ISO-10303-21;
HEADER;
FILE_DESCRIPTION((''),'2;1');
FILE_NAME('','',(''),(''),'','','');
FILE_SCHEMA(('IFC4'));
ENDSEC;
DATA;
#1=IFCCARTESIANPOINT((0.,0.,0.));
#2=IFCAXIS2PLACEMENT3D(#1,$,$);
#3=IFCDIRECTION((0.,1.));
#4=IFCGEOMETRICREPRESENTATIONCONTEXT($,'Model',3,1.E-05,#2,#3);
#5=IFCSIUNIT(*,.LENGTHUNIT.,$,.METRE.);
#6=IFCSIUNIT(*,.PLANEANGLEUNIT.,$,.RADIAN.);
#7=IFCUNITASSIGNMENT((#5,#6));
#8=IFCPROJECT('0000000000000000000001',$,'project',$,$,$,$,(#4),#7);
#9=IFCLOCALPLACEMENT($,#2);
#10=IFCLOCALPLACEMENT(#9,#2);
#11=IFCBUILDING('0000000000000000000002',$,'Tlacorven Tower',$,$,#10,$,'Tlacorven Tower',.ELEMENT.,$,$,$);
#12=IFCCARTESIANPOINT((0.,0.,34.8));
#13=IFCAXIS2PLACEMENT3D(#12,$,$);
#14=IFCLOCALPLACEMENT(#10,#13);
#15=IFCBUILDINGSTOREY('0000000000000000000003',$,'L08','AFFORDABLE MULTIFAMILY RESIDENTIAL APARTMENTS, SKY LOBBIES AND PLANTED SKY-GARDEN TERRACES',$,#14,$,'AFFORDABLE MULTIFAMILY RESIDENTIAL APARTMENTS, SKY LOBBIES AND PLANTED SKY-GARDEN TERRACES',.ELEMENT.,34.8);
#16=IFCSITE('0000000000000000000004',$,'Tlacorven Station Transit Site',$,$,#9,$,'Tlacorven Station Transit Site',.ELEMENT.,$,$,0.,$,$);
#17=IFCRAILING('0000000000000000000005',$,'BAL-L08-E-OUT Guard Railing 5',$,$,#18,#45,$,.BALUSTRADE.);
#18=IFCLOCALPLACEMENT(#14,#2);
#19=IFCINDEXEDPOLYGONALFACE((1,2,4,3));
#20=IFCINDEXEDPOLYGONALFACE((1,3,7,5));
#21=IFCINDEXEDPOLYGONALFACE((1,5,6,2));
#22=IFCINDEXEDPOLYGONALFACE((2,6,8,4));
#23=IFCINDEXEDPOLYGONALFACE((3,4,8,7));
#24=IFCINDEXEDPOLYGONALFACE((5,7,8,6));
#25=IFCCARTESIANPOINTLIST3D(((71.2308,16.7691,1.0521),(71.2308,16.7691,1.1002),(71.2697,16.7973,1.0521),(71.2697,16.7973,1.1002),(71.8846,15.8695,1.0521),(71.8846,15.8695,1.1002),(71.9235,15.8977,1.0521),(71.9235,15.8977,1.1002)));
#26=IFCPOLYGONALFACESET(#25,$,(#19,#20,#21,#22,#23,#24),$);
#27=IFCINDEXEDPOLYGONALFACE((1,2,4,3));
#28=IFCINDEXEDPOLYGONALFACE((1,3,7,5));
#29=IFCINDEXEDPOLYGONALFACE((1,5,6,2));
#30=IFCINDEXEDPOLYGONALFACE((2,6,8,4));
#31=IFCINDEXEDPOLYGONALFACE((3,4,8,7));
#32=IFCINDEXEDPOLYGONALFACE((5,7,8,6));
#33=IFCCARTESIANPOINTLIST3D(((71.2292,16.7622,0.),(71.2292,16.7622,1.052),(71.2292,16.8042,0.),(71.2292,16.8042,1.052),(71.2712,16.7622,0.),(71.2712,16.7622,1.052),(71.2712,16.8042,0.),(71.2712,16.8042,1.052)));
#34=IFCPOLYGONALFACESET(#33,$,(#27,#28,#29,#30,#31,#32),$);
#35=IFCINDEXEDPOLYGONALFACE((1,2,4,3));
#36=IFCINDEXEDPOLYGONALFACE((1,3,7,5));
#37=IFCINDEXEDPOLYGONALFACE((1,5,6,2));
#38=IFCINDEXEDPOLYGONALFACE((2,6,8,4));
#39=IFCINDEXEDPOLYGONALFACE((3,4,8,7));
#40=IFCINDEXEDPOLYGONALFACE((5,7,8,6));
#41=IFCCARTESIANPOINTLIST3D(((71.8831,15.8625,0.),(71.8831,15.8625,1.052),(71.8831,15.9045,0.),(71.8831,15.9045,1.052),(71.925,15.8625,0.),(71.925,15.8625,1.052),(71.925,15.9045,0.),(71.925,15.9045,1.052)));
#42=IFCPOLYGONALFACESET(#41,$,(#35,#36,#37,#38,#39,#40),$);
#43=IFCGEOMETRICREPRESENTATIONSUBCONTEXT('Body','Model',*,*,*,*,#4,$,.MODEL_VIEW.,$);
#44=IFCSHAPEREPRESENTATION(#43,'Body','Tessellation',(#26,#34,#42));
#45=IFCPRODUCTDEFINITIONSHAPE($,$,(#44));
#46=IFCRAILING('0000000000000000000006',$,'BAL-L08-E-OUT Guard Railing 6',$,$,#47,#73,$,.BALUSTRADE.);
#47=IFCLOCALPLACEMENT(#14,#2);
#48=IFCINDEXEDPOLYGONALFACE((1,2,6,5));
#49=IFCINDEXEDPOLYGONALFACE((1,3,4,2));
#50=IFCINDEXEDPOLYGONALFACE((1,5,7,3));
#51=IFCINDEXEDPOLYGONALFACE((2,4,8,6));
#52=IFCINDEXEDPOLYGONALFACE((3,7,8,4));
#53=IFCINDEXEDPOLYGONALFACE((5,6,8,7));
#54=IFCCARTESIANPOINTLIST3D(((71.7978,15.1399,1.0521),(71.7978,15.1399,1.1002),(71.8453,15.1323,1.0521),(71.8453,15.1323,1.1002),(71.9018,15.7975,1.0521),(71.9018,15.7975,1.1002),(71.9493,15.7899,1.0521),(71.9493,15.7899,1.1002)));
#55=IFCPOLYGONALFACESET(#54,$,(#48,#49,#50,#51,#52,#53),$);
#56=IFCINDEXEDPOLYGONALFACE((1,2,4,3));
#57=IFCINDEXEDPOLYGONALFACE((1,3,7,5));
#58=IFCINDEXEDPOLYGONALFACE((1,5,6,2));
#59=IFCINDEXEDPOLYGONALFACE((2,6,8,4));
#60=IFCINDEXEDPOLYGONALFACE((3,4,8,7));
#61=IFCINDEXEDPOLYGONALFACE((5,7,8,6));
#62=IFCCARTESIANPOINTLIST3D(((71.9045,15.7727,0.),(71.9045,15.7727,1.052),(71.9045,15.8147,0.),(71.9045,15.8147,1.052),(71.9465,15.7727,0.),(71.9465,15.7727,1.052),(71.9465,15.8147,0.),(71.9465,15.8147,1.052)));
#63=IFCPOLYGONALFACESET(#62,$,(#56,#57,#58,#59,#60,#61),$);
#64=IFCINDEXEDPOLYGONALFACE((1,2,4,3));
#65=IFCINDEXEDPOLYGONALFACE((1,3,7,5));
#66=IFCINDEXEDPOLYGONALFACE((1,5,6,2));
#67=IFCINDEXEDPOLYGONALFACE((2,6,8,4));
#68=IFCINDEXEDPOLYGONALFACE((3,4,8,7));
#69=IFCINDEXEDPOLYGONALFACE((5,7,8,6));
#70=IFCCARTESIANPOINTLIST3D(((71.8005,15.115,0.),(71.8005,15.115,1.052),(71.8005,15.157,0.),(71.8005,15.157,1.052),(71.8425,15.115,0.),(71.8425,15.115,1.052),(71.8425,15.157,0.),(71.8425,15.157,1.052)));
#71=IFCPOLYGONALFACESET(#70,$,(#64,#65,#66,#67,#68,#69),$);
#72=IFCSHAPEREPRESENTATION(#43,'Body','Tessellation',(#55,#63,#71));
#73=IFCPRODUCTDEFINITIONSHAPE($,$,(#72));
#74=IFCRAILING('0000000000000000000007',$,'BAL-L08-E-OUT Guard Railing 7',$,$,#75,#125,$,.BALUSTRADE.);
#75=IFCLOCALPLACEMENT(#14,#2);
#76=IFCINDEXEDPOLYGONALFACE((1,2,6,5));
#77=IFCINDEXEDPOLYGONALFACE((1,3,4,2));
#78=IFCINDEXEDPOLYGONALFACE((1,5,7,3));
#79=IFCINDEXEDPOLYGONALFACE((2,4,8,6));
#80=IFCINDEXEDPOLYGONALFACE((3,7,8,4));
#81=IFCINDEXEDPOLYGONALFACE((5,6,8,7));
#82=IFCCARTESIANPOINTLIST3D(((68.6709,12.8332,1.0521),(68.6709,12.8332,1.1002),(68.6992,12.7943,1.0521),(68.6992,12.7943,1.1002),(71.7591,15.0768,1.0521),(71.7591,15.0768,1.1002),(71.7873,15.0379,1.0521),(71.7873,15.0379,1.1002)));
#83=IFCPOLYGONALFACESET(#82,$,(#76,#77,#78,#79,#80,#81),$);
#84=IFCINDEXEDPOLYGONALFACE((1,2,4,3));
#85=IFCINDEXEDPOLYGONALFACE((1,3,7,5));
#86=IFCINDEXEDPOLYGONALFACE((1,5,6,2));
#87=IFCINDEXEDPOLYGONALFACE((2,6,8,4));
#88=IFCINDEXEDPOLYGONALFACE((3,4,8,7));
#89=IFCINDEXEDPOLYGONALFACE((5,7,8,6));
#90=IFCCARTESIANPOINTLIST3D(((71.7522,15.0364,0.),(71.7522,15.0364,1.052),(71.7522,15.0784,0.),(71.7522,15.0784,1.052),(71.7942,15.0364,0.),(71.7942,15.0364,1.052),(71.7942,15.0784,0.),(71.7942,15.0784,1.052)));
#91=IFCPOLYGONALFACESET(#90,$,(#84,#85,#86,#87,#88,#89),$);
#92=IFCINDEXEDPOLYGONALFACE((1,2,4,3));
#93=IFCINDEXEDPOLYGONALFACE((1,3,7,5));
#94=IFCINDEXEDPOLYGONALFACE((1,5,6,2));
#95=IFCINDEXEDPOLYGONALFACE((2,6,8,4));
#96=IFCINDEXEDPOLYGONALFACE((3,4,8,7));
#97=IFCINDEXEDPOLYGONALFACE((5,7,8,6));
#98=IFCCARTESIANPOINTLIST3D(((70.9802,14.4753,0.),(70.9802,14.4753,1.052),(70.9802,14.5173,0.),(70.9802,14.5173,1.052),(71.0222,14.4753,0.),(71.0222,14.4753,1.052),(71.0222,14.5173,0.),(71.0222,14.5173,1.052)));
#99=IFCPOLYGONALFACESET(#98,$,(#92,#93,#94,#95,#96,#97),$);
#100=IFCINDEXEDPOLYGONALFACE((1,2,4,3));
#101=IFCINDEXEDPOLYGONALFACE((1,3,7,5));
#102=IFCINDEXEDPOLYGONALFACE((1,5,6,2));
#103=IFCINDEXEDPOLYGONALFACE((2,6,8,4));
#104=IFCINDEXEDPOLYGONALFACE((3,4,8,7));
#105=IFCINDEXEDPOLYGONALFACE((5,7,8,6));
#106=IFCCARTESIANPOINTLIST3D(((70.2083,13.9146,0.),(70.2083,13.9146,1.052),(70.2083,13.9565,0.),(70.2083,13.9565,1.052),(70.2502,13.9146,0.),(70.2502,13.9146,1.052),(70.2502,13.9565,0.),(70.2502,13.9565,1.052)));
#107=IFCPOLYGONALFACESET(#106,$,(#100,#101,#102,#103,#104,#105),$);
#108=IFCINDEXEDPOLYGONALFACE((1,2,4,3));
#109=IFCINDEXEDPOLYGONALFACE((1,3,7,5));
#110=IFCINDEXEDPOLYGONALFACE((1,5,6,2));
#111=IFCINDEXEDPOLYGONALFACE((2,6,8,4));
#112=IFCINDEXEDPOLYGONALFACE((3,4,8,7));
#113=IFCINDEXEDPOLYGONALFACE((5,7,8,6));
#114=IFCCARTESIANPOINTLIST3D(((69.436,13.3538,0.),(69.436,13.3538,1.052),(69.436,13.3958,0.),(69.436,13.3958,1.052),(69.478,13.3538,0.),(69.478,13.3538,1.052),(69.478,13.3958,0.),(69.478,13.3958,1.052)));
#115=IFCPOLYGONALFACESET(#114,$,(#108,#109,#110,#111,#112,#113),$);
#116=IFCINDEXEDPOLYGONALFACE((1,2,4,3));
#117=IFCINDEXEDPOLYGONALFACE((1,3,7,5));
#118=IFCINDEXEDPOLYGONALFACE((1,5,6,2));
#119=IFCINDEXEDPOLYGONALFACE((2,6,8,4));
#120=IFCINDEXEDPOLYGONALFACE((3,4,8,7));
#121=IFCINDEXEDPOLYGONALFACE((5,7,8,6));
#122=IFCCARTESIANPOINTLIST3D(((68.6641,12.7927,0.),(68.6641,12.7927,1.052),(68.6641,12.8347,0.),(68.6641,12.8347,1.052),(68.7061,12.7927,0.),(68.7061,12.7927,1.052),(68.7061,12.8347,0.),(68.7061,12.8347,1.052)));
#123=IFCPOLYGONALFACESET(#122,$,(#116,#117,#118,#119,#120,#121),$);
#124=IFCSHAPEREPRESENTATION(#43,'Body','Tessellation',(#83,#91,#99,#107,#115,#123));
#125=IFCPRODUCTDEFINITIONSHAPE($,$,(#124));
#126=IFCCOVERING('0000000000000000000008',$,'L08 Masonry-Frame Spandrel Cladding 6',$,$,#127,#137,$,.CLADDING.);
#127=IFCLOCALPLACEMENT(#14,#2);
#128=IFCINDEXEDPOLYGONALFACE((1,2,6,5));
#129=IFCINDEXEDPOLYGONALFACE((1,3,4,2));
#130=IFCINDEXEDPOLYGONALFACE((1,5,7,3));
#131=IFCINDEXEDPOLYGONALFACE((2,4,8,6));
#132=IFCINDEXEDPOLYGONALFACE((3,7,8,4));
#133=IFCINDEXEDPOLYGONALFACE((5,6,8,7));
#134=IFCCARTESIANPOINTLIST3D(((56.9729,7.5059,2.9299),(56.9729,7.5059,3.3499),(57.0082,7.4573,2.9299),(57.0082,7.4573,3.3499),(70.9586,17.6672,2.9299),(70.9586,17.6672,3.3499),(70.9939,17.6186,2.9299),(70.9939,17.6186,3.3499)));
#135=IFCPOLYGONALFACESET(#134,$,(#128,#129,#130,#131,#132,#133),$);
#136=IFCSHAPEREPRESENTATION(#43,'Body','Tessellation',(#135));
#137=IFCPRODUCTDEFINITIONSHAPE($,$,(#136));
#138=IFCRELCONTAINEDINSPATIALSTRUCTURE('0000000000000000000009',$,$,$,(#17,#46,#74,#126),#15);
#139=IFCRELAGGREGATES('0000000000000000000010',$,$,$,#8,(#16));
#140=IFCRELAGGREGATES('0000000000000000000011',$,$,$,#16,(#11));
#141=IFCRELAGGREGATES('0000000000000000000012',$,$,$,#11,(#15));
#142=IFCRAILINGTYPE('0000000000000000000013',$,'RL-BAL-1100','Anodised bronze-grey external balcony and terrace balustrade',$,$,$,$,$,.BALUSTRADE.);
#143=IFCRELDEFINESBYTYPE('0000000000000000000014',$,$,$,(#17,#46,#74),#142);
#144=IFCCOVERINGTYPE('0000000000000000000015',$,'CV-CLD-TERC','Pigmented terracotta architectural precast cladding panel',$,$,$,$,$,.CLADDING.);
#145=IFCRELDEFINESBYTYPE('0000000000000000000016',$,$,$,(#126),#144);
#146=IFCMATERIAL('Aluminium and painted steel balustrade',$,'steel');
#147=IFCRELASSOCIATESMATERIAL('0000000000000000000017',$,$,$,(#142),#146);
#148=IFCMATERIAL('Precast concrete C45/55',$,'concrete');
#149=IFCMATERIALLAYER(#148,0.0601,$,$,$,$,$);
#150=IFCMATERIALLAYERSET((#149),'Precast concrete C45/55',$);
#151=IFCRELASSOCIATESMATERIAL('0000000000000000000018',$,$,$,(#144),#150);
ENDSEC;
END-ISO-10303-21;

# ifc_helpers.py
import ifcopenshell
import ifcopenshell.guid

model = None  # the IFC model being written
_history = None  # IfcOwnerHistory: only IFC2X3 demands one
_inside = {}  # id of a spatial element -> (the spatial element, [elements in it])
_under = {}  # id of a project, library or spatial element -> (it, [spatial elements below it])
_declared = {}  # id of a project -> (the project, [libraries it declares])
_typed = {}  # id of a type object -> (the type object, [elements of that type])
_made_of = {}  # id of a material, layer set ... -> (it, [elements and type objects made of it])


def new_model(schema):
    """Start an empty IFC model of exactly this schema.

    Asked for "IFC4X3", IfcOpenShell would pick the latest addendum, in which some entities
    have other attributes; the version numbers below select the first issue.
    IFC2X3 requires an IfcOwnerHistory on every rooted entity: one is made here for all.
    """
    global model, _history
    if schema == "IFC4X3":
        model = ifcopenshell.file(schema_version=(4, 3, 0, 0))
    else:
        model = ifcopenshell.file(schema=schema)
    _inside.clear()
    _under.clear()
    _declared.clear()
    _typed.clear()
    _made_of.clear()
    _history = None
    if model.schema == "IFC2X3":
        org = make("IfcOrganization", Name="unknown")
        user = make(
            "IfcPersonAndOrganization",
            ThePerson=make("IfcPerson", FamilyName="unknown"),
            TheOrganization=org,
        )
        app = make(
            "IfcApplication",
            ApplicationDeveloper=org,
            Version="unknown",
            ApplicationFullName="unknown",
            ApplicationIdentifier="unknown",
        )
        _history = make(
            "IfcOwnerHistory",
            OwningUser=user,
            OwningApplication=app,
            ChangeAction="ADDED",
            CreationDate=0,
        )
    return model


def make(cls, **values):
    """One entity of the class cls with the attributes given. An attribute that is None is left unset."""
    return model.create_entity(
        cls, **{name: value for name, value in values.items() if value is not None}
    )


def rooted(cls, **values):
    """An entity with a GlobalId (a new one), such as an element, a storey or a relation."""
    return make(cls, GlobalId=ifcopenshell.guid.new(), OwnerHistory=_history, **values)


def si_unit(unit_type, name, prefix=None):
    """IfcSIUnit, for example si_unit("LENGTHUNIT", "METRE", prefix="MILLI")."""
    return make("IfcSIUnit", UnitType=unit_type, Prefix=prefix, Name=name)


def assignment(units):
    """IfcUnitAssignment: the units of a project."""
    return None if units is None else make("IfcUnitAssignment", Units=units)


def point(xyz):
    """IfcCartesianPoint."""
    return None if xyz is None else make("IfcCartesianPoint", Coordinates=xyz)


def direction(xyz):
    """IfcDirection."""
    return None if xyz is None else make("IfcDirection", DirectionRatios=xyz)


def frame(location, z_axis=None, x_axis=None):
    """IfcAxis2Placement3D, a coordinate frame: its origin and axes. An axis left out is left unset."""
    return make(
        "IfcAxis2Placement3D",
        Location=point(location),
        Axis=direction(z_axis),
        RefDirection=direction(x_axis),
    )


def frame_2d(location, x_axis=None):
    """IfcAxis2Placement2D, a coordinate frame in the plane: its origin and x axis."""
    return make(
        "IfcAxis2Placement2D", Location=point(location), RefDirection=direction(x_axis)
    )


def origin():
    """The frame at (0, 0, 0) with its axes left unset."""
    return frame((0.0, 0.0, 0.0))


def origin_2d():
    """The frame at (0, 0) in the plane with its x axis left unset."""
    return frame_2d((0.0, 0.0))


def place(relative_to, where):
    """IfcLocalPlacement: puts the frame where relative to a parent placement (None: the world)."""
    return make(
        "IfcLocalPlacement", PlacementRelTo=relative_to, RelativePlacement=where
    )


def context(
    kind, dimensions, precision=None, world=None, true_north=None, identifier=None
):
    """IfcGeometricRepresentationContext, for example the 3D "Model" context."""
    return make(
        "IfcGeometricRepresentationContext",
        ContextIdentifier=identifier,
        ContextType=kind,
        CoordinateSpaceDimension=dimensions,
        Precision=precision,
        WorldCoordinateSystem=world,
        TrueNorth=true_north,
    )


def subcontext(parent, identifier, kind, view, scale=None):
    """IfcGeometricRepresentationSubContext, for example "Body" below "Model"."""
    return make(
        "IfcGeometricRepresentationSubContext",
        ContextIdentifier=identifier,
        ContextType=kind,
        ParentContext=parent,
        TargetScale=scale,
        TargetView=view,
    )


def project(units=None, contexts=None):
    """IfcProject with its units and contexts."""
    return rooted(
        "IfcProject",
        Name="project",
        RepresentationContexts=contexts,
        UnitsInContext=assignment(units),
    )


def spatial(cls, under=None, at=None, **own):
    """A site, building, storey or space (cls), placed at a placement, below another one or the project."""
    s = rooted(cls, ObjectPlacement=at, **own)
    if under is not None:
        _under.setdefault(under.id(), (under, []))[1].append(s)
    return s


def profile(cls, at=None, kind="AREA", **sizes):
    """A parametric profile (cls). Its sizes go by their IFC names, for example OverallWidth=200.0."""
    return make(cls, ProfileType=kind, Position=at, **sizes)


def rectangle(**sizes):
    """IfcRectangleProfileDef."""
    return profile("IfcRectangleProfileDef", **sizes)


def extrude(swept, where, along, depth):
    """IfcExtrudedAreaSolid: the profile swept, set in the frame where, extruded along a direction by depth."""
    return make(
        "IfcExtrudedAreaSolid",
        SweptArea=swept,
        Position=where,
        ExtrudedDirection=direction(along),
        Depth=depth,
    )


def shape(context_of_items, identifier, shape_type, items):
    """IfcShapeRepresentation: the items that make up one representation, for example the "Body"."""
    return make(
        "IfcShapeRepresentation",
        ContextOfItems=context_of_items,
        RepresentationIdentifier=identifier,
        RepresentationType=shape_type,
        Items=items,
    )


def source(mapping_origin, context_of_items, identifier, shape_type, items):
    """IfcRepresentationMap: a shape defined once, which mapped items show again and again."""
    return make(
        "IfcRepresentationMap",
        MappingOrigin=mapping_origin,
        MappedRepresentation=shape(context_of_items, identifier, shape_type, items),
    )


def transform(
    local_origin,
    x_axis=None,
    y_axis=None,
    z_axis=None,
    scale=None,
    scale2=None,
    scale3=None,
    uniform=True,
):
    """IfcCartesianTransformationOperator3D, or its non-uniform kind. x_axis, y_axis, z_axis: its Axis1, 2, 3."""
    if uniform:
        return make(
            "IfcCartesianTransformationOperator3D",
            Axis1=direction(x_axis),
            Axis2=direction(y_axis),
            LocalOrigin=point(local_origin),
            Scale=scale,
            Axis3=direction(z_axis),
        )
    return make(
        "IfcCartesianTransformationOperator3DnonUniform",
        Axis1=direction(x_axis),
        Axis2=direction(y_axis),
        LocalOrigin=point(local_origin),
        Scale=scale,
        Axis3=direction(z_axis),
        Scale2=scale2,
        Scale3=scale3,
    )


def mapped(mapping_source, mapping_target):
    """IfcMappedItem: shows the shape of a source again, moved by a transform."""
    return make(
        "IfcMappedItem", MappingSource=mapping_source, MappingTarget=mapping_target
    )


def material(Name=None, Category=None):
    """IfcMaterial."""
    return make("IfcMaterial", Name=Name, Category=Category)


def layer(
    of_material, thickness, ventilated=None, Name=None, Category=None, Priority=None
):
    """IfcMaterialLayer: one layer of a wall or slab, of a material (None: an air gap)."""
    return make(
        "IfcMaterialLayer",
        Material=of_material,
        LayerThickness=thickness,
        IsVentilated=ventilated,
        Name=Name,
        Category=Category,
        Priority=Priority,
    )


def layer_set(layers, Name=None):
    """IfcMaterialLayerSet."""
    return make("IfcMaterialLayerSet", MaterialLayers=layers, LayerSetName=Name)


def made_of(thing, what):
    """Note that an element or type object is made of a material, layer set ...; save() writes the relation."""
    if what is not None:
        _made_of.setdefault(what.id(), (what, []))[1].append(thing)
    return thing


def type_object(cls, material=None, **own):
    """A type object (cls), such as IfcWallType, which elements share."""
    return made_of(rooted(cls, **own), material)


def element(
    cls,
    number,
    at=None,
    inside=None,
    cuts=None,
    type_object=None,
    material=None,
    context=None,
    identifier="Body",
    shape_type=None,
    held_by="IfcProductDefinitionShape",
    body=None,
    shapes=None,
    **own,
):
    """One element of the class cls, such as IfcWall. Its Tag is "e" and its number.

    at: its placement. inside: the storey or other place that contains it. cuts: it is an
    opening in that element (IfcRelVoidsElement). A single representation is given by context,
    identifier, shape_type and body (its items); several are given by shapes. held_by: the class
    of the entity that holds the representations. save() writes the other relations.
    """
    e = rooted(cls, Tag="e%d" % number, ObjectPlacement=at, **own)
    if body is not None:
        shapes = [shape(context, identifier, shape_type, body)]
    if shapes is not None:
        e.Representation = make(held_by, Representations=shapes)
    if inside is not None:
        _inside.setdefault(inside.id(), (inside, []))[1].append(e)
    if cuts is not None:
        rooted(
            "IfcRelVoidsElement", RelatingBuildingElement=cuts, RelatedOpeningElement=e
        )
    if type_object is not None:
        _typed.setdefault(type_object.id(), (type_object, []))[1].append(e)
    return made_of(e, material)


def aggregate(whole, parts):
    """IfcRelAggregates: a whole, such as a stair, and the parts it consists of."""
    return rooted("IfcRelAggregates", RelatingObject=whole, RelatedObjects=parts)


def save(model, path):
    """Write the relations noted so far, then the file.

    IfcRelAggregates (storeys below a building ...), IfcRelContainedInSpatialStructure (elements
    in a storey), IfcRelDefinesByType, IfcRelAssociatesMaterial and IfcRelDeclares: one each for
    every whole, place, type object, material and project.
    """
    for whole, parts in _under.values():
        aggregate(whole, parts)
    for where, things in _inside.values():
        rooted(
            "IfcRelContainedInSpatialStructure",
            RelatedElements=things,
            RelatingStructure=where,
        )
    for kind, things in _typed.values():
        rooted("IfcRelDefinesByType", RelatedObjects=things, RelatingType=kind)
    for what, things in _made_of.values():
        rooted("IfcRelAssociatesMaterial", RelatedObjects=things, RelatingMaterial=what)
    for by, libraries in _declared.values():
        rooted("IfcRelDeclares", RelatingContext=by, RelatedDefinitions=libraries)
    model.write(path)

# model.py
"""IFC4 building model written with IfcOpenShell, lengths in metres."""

from ifc_helpers import new_model, si_unit, direction, frame, origin, origin_2d, place, context, subcontext, project, spatial, rectangle, extrude, source, transform, mapped, material, layer, layer_set, type_object, element, save


model = new_model("IFC4")

# Units and contexts
model_context = context("Model", 3, precision=1e-05, world=origin(), true_north=direction((0.0, 1.0)))
body_context = subcontext(model_context, "Body", "Model", "MODEL_VIEW")
ifc_project = project(units=[si_unit("LENGTHUNIT", "METRE"), si_unit("PLANEANGLEUNIT", "RADIAN")], contexts=[model_context])

# Site, building, storey
site_placement = place(None, origin())
site = spatial("IfcSite", under=ifc_project, at=site_placement, Name="Tlacorven Station Transit Site", LongName="Tlacorven Station Transit Site", CompositionType="ELEMENT", RefElevation=0.0)
building_placement = place(site_placement, origin())
building = spatial("IfcBuilding", under=site, at=building_placement, Name="Tlacorven Tower", LongName="Tlacorven Tower", CompositionType="ELEMENT")
storey_placement = place(building_placement, frame((0.0, 0.0, 34.8)))
storey = spatial("IfcBuildingStorey", under=building, at=storey_placement, Name="L08", Description="AFFORDABLE MULTIFAMILY RESIDENTIAL APARTMENTS, SKY LOBBIES AND PLANTED SKY-GARDEN TERRACES", LongName="AFFORDABLE MULTIFAMILY RESIDENTIAL APARTMENTS, SKY LOBBIES AND PLANTED SKY-GARDEN TERRACES", CompositionType="ELEMENT", Elevation=34.8)

# Shared definitions
ifc_material_1 = material(Name="Precast concrete C45/55", Category="concrete")

# Railings
ifc_material_2 = material(Name="Aluminium and painted steel balustrade", Category="steel")
railing_type = type_object("IfcRailingType", Name="RL-BAL-1100", Description="Anodised bronze-grey external balcony and terrace balustrade", PredefinedType="BALUSTRADE", material=ifc_material_2)
shared_shape_1 = source(origin(), body_context, "Body", "SweptSolid", [
    extrude(rectangle(XDim=0.0481, YDim=0.0481, at=origin_2d()), frame((0.0, 0.0, 1.0762), z_axis=(0.587884, -0.808945, 0.0), x_axis=(0.808945, 0.587884, 0.0)), (0.0, 0.0, 1.0), 1.1121),
    extrude(rectangle(XDim=0.042, YDim=0.042, at=origin_2d()), origin(), (0.0, 0.0, 1.0), 1.052),
    extrude(rectangle(XDim=0.042, YDim=0.042, at=origin_2d()), frame((0.6538, -0.8997, 0.0)), (0.0, 0.0, 1.0), 1.052),
])
railing_1_placement = place(storey_placement, frame((71.2502, 16.7832, 0.0)))
element("IfcRailing", 1, at=railing_1_placement, inside=storey, type_object=railing_type, Name="BAL-L08-E-OUT Guard Railing 5", PredefinedType="BALUSTRADE", context=body_context, shape_type="MappedRepresentation", body=[
    mapped(shared_shape_1, transform((0.0, 0.0, 0.0), scale=1.0)),
])
shared_shape_2 = source(origin(), body_context, "Body", "SweptSolid", [
    extrude(rectangle(XDim=0.0481, YDim=0.0481, at=origin_2d()), frame((0.0, 0.0, 1.0762), z_axis=(-0.156188, -0.987727, 0.0), x_axis=(0.987727, -0.156188, 0.0)), (0.0, 0.0, 1.0), 0.6658),
    extrude(rectangle(XDim=0.042, YDim=0.042, at=origin_2d()), origin(), (0.0, 0.0, 1.0), 1.052),
    extrude(rectangle(XDim=0.042, YDim=0.042, at=origin_2d()), frame((-0.104, -0.6577, 0.0)), (0.0, 0.0, 1.0), 1.052),
])
railing_2_placement = place(storey_placement, frame((71.9255, 15.7937, 0.0)))
element("IfcRailing", 2, at=railing_2_placement, inside=storey, type_object=railing_type, Name="BAL-L08-E-OUT Guard Railing 6", PredefinedType="BALUSTRADE", context=body_context, shape_type="MappedRepresentation", body=[
    mapped(shared_shape_2, transform((0.0, 0.0, 0.0), scale=1.0)),
])
shared_shape_3 = source(origin(), body_context, "Body", "SweptSolid", [
    extrude(rectangle(XDim=0.0481, YDim=0.0481, at=origin_2d()), frame((0.0, 0.0, 1.0762), z_axis=(-0.809018, -0.587784, 0.0), x_axis=(0.587784, -0.809018, 0.0)), (0.0, 0.0, 1.0), 3.8171),
    extrude(rectangle(XDim=0.042, YDim=0.042, at=origin_2d()), origin(), (0.0, 0.0, 1.0), 1.052),
    extrude(rectangle(XDim=0.042, YDim=0.042, at=origin_2d()), frame((-0.772, -0.561, 0.0)), (0.0, 0.0, 1.0), 1.052),
    extrude(rectangle(XDim=0.042, YDim=0.042, at=origin_2d()), frame((-1.5439, -1.1218, 0.0)), (0.0, 0.0, 1.0), 1.052),
    extrude(rectangle(XDim=0.042, YDim=0.042, at=origin_2d()), frame((-2.3162, -1.6826, 0.0)), (0.0, 0.0, 1.0), 1.052),
    extrude(rectangle(XDim=0.042, YDim=0.042, at=origin_2d()), frame((-3.0881, -2.2437, 0.0)), (0.0, 0.0, 1.0), 1.052),
])
railing_3_placement = place(storey_placement, frame((71.7732, 15.0574, 0.0)))
element("IfcRailing", 3, at=railing_3_placement, inside=storey, type_object=railing_type, Name="BAL-L08-E-OUT Guard Railing 7", PredefinedType="BALUSTRADE", context=body_context, shape_type="MappedRepresentation", body=[
    mapped(shared_shape_3, transform((0.0, 0.0, 0.0), scale=1.0)),
])

# Covering
ifc_layer_1 = layer(ifc_material_1, 0.0601)
ifc_layer_set_1 = layer_set([ifc_layer_1], Name="Precast concrete C45/55")
covering_type = type_object("IfcCoveringType", Name="CV-CLD-TERC", Description="Pigmented terracotta architectural precast cladding panel", PredefinedType="CLADDING", material=ifc_layer_set_1)
shared_shape_4 = source(origin(), body_context, "Body", "SweptSolid", [
    extrude(rectangle(XDim=17.2874, YDim=0.0601, at=origin_2d()), origin(), (0.0, 0.0, 1.0), 0.4199),
])
covering_placement = place(storey_placement, frame((63.9834, 12.5623, 2.9299), z_axis=(0.0, 0.0, 1.0), x_axis=(-0.809017, -0.587785, 0.0)))
element("IfcCovering", 4, at=covering_placement, inside=storey, type_object=covering_type, Name="L08 Masonry-Frame Spandrel Cladding 6", PredefinedType="CLADDING", context=body_context, shape_type="MappedRepresentation", body=[
    mapped(shared_shape_4, transform((0.0, 0.0, 0.0), scale=1.0)),
])

save(model, "model.ifc")
